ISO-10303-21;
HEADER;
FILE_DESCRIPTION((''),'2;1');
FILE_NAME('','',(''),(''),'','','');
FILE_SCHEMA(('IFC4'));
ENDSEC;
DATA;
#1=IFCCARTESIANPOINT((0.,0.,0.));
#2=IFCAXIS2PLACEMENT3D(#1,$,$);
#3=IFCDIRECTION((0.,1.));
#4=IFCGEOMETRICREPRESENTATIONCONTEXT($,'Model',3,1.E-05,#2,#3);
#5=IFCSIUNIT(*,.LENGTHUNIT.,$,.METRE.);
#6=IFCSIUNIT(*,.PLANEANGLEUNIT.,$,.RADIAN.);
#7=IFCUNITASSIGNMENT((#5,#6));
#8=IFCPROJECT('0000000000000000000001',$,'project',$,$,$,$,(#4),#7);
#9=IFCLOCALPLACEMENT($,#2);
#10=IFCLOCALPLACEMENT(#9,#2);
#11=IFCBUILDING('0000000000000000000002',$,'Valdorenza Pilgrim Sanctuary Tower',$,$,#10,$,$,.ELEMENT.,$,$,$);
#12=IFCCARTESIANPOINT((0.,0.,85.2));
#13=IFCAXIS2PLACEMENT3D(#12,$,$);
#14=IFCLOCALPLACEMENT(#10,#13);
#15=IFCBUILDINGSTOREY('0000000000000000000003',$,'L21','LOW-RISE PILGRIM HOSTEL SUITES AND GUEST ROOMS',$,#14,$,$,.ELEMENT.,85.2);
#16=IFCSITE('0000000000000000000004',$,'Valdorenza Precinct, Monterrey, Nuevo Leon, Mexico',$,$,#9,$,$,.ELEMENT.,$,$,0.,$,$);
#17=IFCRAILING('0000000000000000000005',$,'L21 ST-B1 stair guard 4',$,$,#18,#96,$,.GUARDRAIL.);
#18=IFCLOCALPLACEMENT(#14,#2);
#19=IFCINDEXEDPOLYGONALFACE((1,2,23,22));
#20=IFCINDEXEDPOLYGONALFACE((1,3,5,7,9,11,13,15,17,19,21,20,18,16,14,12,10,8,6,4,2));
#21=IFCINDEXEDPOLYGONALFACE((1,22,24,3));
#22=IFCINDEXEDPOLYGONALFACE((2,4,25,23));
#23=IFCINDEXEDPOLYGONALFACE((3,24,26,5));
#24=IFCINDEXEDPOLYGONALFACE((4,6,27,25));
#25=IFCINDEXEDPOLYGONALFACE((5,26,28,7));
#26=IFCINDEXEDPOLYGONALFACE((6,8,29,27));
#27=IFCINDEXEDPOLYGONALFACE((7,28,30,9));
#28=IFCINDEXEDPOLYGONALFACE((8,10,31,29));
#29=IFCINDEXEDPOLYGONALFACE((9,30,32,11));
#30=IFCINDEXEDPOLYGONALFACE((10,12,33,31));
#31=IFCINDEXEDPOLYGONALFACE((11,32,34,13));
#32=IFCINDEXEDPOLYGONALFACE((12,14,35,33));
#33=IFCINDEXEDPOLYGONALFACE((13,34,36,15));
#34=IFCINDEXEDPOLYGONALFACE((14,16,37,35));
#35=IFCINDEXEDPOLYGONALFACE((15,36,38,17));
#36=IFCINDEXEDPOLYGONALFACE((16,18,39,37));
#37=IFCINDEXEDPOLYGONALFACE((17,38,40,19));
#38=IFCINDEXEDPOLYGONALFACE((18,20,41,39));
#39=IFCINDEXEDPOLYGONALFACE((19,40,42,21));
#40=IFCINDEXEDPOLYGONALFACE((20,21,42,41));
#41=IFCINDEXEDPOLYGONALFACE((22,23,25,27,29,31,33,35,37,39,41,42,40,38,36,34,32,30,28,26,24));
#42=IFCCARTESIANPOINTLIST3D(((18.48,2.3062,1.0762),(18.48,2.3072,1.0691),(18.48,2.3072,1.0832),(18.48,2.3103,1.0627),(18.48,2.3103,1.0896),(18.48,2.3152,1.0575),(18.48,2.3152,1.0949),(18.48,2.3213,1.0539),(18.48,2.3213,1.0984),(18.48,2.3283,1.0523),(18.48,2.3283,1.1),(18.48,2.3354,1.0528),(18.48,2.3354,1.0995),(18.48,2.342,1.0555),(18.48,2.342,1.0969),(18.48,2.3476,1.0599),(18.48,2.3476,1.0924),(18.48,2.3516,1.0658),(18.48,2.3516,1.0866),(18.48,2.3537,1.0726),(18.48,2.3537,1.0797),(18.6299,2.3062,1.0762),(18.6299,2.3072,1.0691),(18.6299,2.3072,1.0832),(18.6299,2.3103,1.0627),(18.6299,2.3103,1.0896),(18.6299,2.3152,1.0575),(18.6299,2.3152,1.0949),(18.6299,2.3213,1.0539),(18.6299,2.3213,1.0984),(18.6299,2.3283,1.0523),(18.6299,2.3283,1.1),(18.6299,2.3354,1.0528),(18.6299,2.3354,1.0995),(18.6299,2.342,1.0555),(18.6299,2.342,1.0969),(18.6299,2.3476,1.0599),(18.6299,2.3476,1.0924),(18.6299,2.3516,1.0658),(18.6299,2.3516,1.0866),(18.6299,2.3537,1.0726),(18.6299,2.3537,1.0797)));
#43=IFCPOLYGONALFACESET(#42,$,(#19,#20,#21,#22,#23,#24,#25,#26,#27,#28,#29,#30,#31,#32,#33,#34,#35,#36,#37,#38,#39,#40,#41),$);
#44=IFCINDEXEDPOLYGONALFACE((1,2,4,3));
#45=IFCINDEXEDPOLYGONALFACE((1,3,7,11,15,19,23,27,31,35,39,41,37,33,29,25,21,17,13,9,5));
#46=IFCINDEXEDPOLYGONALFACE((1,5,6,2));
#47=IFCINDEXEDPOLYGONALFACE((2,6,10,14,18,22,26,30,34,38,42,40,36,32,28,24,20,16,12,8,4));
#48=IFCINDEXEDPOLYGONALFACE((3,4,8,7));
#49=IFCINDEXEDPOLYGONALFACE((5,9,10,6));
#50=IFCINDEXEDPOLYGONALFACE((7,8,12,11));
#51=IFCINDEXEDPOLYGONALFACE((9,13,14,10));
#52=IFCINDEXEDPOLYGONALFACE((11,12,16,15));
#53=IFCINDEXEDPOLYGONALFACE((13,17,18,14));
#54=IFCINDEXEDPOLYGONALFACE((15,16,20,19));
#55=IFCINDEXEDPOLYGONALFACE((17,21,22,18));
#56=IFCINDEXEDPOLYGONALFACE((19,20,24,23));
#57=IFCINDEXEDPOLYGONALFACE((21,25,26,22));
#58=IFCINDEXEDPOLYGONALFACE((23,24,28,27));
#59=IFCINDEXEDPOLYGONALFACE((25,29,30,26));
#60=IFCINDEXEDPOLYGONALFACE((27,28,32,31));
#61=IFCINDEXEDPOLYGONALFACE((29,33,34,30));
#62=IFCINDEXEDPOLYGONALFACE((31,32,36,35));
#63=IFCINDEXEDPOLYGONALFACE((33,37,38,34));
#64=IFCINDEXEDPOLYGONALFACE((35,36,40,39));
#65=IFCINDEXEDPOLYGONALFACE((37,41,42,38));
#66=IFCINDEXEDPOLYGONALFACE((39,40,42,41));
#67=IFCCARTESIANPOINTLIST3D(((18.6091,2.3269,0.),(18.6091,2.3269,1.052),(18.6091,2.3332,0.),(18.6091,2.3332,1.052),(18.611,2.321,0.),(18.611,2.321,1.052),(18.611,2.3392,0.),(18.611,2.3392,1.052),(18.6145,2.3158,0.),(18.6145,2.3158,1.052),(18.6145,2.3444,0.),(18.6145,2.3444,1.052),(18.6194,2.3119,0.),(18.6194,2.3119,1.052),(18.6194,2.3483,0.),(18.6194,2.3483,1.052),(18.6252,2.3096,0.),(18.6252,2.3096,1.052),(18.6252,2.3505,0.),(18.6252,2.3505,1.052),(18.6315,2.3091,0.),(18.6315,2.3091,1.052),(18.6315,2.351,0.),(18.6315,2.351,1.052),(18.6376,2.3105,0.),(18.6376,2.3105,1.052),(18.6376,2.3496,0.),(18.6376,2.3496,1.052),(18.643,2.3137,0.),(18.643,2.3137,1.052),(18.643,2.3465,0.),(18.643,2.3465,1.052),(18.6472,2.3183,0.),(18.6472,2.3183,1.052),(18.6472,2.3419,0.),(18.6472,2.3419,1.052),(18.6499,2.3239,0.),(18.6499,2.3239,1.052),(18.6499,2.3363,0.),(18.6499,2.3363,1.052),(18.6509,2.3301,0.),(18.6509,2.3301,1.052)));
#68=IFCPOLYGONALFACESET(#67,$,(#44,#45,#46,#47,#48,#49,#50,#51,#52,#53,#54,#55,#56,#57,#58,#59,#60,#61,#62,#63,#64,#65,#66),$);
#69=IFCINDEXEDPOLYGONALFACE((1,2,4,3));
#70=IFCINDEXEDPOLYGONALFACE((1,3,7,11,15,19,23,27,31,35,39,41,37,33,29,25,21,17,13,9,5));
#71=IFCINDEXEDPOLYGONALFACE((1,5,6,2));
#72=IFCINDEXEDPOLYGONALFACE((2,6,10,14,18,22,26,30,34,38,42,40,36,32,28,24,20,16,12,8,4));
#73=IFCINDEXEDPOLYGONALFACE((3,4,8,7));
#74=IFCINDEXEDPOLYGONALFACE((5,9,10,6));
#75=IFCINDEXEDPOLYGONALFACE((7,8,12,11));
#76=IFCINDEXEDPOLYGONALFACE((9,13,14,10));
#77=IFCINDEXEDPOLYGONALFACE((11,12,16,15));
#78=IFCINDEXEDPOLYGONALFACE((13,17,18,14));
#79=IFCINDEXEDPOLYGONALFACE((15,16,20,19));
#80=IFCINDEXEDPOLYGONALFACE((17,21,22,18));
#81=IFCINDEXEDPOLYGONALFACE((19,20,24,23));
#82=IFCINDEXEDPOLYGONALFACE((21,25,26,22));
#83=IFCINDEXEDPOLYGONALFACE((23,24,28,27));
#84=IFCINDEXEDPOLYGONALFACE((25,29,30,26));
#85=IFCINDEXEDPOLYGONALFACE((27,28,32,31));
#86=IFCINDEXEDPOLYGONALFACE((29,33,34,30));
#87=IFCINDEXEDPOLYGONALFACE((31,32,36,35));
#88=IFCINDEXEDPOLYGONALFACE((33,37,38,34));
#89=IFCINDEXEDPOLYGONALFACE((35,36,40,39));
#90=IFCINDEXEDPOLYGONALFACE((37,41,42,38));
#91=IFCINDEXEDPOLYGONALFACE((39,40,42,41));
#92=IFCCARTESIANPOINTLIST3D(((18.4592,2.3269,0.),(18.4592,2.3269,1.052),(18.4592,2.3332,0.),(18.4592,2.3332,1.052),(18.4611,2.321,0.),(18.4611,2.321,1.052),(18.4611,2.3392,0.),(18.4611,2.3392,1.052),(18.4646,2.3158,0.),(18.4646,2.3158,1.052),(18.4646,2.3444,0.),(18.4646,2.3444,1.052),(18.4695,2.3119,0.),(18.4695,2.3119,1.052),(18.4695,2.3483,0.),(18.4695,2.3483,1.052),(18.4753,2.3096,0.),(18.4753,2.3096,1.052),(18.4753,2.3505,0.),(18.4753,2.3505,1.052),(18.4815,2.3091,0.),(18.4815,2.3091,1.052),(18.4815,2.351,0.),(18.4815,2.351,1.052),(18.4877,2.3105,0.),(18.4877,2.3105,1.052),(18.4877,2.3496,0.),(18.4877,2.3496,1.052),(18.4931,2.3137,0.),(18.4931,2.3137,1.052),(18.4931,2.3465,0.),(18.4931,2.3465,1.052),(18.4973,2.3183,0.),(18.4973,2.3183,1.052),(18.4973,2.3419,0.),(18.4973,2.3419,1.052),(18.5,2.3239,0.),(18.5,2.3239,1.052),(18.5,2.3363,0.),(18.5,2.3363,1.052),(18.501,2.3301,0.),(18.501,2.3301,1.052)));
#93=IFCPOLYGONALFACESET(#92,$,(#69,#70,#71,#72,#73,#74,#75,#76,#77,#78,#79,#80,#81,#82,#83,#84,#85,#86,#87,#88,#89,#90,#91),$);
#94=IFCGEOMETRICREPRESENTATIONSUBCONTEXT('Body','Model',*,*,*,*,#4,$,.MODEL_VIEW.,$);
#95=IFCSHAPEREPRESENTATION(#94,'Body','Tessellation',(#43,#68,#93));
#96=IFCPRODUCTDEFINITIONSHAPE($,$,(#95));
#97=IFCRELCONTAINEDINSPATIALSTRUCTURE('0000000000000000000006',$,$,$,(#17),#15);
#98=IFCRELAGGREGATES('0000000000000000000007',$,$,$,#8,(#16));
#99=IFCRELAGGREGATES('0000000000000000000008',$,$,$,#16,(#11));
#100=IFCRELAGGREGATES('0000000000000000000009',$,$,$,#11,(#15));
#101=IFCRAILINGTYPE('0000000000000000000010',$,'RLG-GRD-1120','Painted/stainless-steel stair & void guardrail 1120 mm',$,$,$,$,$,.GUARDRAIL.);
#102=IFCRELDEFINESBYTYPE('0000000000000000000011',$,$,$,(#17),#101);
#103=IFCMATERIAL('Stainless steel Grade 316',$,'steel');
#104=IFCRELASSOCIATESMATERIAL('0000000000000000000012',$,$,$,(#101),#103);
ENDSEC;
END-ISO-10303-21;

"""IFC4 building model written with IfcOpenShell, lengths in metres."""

from ifc_helpers import new_model, si_unit, direction, frame, origin, origin_2d, place, context, subcontext, project, spatial, circle, extrude, material, type_object, element, save


model = new_model("IFC4")

# Units and contexts
model_context = context("Model", 3, precision=1e-05, world=origin(), true_north=direction((0.0, 1.0)))
body_context = subcontext(model_context, "Body", "Model", "MODEL_VIEW")
ifc_project = project(units=[si_unit("LENGTHUNIT", "METRE"), si_unit("PLANEANGLEUNIT", "RADIAN")], contexts=[model_context])

# Site, building, storey
site_placement = place(None, origin())
site = spatial("IfcSite", under=ifc_project, at=site_placement, Name="Valdorenza Precinct, Monterrey, Nuevo Leon, Mexico", CompositionType="ELEMENT", RefElevation=0.0)
building_placement = place(site_placement, origin())
building = spatial("IfcBuilding", under=site, at=building_placement, Name="Valdorenza Pilgrim Sanctuary Tower", CompositionType="ELEMENT")
storey_placement = place(building_placement, frame((0.0, 0.0, 85.2)))
storey = spatial("IfcBuildingStorey", under=building, at=storey_placement, Name="L21", Description="LOW-RISE PILGRIM HOSTEL SUITES AND GUEST ROOMS", CompositionType="ELEMENT", Elevation=85.2)

# Railing
ifc_material_1 = material(Name="Stainless steel Grade 316", Category="steel")
railing_type_1 = type_object("IfcRailingType", Name="RLG-GRD-1120", Description="Painted/stainless-steel stair & void guardrail 1120 mm", PredefinedType="GUARDRAIL", material=ifc_material_1)
railing_1_placement = place(storey_placement, frame((18.6299, 2.3301, 0.0)))
element("IfcRailing", 1, at=railing_1_placement, inside=storey, type_object=railing_type_1, Name="L21 ST-B1 stair guard 4", PredefinedType="GUARDRAIL", context=body_context, shape_type="SweptSolid", body=[
    extrude(circle(Radius=0.0239, at=origin_2d()), frame((0.0, 0.0, 1.0762), z_axis=(-1.0, 0.0, 0.0), x_axis=(0.0, -1.0, 0.0)), (0.0, 0.0, 1.0), 0.1499),
    extrude(circle(Radius=0.021, at=origin_2d()), origin(), (0.0, 0.0, 1.0), 1.052),
    extrude(circle(Radius=0.021, at=origin_2d()), frame((-0.1499, 0.0, 0.0)), (0.0, 0.0, 1.0), 1.052),
])

save(model, "model.ifc")
